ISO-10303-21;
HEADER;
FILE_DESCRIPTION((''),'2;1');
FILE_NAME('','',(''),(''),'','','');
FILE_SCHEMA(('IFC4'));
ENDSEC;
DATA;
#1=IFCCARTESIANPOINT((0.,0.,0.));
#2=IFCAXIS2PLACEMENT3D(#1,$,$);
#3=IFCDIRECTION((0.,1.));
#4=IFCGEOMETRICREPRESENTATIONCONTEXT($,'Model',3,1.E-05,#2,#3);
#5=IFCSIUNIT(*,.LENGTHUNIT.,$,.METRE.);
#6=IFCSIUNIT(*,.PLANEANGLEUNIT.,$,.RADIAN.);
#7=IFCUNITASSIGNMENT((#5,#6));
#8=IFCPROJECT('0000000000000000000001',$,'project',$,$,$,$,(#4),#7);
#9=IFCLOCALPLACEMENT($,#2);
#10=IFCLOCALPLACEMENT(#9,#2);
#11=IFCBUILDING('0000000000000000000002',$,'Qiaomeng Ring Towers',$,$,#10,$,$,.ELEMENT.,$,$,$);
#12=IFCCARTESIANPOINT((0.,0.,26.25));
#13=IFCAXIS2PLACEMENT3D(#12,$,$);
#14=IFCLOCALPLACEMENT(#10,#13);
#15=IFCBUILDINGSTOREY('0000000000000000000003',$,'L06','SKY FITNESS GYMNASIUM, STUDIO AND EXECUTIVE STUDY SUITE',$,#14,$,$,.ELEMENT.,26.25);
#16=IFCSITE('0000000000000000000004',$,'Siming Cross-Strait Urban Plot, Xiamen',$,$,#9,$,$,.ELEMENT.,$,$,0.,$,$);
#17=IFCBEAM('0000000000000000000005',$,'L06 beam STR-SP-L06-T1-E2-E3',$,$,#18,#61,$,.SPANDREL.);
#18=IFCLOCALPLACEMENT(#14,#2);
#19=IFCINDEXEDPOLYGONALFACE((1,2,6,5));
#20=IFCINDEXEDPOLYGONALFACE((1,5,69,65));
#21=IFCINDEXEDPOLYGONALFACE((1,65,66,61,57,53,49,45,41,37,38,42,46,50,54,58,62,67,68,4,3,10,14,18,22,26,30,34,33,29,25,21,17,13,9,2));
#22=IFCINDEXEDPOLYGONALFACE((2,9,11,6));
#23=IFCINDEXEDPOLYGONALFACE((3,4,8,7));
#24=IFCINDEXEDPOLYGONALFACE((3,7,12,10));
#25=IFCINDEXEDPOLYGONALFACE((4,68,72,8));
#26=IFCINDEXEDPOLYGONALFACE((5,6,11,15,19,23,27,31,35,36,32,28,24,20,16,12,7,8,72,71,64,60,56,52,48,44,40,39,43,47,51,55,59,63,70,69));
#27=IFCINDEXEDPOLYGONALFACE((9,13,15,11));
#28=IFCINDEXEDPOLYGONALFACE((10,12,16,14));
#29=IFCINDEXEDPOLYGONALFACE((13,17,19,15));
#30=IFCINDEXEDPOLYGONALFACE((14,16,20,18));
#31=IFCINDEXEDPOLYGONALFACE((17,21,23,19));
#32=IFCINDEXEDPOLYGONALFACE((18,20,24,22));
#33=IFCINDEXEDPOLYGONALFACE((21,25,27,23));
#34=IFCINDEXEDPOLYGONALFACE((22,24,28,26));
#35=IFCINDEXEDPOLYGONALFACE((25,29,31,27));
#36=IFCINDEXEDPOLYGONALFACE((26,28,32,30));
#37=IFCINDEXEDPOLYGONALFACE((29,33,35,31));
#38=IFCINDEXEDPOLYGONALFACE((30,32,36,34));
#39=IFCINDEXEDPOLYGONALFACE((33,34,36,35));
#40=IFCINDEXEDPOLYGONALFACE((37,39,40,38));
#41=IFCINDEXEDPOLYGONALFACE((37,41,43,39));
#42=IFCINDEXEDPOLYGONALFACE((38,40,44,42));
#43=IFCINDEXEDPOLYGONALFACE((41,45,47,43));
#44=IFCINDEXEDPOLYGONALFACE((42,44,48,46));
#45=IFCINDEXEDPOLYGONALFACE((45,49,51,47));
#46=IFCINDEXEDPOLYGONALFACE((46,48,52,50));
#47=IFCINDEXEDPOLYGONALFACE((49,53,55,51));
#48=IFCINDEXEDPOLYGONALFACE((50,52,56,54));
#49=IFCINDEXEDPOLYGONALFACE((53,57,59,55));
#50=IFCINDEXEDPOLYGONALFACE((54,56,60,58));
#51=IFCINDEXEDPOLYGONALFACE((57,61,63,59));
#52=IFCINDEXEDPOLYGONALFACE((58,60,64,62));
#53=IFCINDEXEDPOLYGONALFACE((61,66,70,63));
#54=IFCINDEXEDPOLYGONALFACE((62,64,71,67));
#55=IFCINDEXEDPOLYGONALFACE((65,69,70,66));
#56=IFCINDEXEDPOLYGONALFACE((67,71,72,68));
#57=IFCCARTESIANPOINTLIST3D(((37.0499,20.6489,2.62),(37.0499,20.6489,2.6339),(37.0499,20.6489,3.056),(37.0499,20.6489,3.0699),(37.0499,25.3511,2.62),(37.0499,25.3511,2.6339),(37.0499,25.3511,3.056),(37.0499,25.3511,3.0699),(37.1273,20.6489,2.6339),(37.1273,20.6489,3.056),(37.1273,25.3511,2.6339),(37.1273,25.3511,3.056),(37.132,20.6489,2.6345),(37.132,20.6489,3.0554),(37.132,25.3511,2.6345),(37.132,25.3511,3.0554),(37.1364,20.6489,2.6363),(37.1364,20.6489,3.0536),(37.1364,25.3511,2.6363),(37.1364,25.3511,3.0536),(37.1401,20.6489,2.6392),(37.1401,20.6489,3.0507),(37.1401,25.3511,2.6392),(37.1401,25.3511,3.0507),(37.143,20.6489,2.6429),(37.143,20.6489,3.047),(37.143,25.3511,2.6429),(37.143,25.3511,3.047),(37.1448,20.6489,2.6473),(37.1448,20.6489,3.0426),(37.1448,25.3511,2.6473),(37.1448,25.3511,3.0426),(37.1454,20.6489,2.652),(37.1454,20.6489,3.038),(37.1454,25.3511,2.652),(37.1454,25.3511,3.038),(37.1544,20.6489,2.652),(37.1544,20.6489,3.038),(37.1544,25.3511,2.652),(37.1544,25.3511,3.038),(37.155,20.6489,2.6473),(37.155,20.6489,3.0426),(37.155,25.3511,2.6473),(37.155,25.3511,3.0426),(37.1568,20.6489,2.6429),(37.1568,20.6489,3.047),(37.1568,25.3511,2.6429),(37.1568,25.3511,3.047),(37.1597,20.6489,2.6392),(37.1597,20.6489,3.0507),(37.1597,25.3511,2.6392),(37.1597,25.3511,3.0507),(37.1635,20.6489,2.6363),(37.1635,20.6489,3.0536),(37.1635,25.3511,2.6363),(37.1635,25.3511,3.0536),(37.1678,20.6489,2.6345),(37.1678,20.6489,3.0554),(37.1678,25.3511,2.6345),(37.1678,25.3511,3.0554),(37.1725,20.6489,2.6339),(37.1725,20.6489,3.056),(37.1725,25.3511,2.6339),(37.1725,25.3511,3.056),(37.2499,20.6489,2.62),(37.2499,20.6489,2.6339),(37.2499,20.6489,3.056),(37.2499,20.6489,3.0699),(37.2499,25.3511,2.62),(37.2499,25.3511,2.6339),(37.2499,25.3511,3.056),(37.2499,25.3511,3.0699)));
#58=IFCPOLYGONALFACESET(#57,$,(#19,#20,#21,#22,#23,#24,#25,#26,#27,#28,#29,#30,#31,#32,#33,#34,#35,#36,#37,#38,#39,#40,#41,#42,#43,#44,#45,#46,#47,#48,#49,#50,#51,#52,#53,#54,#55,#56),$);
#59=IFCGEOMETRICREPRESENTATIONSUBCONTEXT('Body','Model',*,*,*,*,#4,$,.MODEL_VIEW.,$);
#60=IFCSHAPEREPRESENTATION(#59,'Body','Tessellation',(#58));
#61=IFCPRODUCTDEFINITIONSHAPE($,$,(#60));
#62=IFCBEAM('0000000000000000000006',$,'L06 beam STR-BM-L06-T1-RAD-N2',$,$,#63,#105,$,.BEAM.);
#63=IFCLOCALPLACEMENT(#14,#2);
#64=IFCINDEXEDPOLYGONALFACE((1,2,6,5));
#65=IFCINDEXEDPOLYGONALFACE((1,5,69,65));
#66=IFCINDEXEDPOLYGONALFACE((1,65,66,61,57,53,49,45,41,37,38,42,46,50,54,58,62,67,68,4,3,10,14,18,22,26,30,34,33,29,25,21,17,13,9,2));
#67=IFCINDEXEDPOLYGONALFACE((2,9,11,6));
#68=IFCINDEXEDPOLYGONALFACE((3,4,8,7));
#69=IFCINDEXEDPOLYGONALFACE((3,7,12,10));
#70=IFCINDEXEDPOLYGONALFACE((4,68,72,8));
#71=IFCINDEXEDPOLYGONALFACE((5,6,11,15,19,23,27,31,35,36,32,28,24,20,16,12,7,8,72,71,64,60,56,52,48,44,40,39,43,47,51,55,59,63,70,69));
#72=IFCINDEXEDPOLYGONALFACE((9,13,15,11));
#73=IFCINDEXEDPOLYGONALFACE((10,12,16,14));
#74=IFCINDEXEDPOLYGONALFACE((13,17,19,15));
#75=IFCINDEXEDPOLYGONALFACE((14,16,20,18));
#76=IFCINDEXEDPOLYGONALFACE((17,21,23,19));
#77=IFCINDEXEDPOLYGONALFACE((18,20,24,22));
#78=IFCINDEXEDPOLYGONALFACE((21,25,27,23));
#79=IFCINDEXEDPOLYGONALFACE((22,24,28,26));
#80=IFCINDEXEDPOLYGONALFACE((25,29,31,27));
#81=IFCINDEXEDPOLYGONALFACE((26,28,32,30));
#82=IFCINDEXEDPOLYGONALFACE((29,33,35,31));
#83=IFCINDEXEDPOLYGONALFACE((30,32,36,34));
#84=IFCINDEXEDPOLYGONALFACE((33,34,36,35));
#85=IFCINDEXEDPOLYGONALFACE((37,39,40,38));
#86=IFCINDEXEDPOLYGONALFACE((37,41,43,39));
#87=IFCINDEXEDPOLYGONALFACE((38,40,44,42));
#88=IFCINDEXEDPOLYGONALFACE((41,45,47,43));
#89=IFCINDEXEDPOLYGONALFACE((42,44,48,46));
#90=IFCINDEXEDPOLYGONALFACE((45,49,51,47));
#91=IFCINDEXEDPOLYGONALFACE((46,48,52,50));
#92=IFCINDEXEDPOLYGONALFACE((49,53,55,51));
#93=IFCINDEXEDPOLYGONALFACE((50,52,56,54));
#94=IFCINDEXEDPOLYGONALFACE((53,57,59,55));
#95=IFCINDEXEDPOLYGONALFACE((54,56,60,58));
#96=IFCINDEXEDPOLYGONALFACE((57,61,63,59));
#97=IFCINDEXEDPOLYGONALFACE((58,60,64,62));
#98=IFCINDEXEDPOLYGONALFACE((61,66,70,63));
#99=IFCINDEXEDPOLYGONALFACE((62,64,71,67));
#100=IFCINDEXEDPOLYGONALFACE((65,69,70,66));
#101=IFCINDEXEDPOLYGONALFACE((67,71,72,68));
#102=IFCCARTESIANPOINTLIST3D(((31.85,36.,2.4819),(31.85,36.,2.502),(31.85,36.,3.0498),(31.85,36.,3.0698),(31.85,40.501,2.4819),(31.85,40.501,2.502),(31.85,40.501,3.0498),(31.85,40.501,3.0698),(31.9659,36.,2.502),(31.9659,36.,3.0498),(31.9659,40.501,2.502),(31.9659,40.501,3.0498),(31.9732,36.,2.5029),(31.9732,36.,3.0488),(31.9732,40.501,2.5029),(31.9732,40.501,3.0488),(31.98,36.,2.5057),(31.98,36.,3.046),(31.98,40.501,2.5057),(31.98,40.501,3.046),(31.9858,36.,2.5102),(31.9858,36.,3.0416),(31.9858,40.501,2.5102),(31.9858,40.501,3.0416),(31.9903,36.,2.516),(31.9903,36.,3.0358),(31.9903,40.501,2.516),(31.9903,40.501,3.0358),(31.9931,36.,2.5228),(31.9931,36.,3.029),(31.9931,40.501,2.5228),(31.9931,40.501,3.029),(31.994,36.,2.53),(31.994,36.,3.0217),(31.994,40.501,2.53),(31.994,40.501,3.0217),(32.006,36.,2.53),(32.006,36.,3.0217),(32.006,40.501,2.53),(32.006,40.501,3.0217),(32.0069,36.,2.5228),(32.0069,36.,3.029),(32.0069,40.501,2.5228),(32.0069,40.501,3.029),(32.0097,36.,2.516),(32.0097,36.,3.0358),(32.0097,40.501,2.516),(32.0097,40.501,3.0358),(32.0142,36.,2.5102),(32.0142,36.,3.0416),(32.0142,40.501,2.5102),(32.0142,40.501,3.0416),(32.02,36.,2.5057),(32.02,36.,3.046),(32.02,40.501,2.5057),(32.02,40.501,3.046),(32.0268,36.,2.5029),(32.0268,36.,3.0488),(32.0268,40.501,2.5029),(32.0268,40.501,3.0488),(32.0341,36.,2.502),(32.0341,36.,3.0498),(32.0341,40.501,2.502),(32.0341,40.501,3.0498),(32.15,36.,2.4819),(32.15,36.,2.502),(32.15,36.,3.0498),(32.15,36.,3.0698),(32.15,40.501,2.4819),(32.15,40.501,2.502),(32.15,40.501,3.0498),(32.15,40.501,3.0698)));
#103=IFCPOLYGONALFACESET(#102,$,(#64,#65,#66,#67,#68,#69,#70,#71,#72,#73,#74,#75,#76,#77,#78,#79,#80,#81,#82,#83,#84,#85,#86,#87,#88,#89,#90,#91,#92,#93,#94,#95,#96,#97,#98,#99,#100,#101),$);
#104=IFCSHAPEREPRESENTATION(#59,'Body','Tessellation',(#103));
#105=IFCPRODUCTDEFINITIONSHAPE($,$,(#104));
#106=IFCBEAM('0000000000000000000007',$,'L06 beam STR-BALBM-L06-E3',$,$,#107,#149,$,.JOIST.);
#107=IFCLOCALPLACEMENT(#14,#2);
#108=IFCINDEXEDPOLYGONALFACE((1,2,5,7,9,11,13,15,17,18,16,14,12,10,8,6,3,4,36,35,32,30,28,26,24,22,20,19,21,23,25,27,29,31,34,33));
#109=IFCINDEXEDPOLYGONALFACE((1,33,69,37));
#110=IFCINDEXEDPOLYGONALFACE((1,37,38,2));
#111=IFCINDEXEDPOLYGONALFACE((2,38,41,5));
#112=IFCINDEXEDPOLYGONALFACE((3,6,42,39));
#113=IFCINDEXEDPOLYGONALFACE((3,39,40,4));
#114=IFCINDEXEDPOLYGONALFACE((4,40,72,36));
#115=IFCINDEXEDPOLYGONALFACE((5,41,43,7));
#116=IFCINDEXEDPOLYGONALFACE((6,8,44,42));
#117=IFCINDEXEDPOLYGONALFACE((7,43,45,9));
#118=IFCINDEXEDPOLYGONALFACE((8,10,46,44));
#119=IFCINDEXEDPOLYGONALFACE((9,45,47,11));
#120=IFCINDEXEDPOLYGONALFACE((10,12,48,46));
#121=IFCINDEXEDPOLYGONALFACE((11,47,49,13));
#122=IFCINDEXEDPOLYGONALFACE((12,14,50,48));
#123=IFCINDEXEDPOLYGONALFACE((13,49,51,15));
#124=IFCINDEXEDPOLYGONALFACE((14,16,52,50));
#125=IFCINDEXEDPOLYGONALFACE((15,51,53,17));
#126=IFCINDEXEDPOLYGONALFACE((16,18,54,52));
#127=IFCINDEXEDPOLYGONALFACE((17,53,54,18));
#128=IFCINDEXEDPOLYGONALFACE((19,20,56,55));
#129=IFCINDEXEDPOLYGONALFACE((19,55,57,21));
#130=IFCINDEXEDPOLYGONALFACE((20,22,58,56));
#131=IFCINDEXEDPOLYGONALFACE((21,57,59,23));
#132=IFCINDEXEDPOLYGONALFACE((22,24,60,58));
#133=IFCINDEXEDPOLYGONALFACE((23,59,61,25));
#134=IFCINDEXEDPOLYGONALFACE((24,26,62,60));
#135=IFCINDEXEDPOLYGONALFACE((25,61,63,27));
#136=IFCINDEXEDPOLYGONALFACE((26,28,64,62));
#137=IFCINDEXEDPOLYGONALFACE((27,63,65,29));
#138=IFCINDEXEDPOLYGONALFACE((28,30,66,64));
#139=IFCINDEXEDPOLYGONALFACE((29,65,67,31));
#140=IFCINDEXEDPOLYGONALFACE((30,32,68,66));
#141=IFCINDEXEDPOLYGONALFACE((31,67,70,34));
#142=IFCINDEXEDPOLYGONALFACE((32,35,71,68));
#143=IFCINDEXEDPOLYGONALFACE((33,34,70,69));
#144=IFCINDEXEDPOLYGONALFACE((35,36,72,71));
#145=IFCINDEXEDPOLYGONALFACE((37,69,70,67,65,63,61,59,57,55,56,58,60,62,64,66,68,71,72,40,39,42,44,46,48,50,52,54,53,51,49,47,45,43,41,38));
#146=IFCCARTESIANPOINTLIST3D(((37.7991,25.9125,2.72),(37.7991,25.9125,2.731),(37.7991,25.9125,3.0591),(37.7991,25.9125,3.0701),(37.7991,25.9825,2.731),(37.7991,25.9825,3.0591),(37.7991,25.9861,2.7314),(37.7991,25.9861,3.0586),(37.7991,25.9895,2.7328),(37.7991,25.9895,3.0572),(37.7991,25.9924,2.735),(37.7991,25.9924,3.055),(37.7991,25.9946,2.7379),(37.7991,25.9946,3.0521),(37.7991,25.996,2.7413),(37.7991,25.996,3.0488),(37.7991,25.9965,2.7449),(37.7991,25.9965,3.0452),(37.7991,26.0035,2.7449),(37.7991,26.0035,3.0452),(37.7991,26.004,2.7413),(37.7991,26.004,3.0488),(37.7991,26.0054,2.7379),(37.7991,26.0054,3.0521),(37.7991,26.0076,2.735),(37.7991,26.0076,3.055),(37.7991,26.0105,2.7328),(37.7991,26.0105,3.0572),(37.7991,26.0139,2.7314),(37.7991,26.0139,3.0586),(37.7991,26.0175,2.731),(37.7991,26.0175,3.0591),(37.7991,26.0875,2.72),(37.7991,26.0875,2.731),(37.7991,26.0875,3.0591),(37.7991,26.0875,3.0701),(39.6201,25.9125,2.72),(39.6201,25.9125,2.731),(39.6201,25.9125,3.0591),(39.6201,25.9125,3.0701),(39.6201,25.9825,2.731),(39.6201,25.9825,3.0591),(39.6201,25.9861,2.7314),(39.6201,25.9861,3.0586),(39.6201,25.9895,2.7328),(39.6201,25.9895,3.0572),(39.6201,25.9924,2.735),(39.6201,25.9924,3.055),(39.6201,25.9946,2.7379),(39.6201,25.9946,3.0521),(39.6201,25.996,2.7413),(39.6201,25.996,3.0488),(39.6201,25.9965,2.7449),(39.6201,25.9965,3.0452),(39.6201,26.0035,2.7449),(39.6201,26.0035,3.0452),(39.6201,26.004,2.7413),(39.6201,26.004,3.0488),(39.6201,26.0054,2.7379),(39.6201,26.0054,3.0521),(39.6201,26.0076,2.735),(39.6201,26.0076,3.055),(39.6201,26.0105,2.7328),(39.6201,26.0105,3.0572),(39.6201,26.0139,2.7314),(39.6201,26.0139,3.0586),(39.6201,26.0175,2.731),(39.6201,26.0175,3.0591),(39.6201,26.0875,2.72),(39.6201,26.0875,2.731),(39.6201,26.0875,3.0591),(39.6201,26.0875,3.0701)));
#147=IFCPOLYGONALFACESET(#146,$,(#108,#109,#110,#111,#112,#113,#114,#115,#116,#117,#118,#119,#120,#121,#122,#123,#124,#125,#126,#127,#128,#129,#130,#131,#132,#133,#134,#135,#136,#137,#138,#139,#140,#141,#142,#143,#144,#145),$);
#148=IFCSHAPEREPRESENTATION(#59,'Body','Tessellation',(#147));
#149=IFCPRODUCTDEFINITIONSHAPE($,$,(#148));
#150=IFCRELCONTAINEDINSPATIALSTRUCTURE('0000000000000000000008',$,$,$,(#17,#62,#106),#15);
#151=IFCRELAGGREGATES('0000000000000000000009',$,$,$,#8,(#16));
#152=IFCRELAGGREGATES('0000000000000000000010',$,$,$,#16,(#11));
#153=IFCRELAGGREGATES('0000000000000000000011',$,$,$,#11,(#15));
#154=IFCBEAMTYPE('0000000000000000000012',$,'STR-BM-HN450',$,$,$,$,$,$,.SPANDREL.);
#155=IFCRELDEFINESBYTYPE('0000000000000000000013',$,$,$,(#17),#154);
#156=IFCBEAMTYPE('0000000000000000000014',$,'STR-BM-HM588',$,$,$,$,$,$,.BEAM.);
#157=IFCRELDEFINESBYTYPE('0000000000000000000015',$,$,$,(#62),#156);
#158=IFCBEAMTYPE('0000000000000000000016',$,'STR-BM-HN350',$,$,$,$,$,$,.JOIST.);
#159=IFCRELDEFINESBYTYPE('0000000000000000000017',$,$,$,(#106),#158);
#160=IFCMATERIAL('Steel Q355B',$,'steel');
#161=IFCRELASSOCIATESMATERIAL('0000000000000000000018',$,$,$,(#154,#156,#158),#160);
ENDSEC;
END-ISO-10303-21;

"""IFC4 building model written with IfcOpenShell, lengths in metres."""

from ifc_helpers import new_model, si_unit, direction, frame, origin, origin_2d, place, context, subcontext, project, spatial, i_section, extrude, source, transform, mapped, material, material_profile, profile_set, type_object, element, save


model = new_model("IFC4")

# Units and contexts
model_context = context("Model", 3, precision=1e-05, world=origin(), true_north=direction((0.0, 1.0)))
body_context = subcontext(model_context, "Body", "Model", "MODEL_VIEW")
ifc_project = project(units=[si_unit("LENGTHUNIT", "METRE"), si_unit("PLANEANGLEUNIT", "RADIAN")], contexts=[model_context])

# Site, building, storey
site_placement = place(None, origin())
site = spatial("IfcSite", under=ifc_project, at=site_placement, Name="Siming Cross-Strait Urban Plot, Xiamen", CompositionType="ELEMENT", RefElevation=0.0)
building_placement = place(site_placement, origin())
building = spatial("IfcBuilding", under=site, at=building_placement, Name="Qiaomeng Ring Towers", CompositionType="ELEMENT")
storey_placement = place(building_placement, frame((0.0, 0.0, 26.25)))
storey = spatial("IfcBuildingStorey", under=building, at=storey_placement, Name="L06", Description="SKY FITNESS GYMNASIUM, STUDIO AND EXECUTIVE STUDY SUITE", CompositionType="ELEMENT", Elevation=26.25)

# Beams
ifc_material_1 = material(Name="Steel Q355B", Category="steel")
ifc_material_profile_1 = material_profile(ifc_material_1, i_section(OverallWidth=0.2, OverallDepth=0.45, WebThickness=0.009, FlangeThickness=0.0139, FilletRadius=0.0181, at=origin_2d()), Name="HN 450x200x9x14")
ifc_profile_set_1 = profile_set([ifc_material_profile_1], Name="Steel Q355B")
beam_type_1 = type_object("IfcBeamType", Name="STR-BM-HN450", PredefinedType="SPANDREL", material=ifc_profile_set_1)
shared_shape_1 = source(origin(), body_context, "Body", "SweptSolid", [
    extrude(i_section(OverallWidth=0.2, OverallDepth=0.45, WebThickness=0.009, FlangeThickness=0.0139, FilletRadius=0.0181, at=origin_2d()), origin(), (0.0, 0.0, 1.0), 4.7021),
])
beam_1_placement = place(storey_placement, frame((37.1499, 20.6489, 2.845), z_axis=(0.0, 1.0, 0.0), x_axis=(-1.0, 0.0, 0.0)))
element("IfcBeam", 1, at=beam_1_placement, inside=storey, type_object=beam_type_1, Name="L06 beam STR-SP-L06-T1-E2-E3", PredefinedType="SPANDREL", context=body_context, shape_type="MappedRepresentation", body=[
    mapped(shared_shape_1, transform((0.0, 0.0, 0.0), x_axis=(1.0, 0.0, 0.0), y_axis=(0.0, 1.0, 0.0), z_axis=(0.0, 0.0, 1.0), scale=1.0)),
])
ifc_material_profile_2 = material_profile(ifc_material_1, i_section(OverallWidth=0.3, OverallDepth=0.5879, WebThickness=0.012, FlangeThickness=0.02, FilletRadius=0.0281, at=origin_2d()), Name="HM 588x300x12x20")
ifc_profile_set_2 = profile_set([ifc_material_profile_2], Name="Steel Q355B")
beam_type_2 = type_object("IfcBeamType", Name="STR-BM-HM588", PredefinedType="BEAM", material=ifc_profile_set_2)
shared_shape_2 = source(origin(), body_context, "Body", "SweptSolid", [
    extrude(i_section(OverallWidth=0.3, OverallDepth=0.5879, WebThickness=0.012, FlangeThickness=0.02, FilletRadius=0.0281, at=origin_2d()), origin(), (0.0, 0.0, 1.0), 4.501),
])
beam_2_placement = place(storey_placement, frame((32.0, 40.501, 2.7759), z_axis=(0.0, -1.0, 0.0), x_axis=(1.0, 0.0, 0.0)))
element("IfcBeam", 2, at=beam_2_placement, inside=storey, type_object=beam_type_2, Name="L06 beam STR-BM-L06-T1-RAD-N2", PredefinedType="BEAM", context=body_context, shape_type="MappedRepresentation", body=[
    mapped(shared_shape_2, transform((0.0, 0.0, 0.0), x_axis=(1.0, 0.0, 0.0), y_axis=(0.0, 1.0, 0.0), z_axis=(0.0, 0.0, 1.0), scale=1.0)),
])
ifc_material_profile_3 = material_profile(ifc_material_1, i_section(OverallWidth=0.175, OverallDepth=0.3501, WebThickness=0.0071, FlangeThickness=0.011, FilletRadius=0.0139, at=origin_2d()), Name="HN 350x175x7x11")
ifc_profile_set_3 = profile_set([ifc_material_profile_3], Name="Steel Q355B")
beam_type_3 = type_object("IfcBeamType", Name="STR-BM-HN350", PredefinedType="JOIST", material=ifc_profile_set_3)
shared_shape_3 = source(origin(), body_context, "Body", "SweptSolid", [
    extrude(i_section(OverallWidth=0.175, OverallDepth=0.3501, WebThickness=0.0071, FlangeThickness=0.011, FilletRadius=0.0139, at=origin_2d()), origin(), (0.0, 0.0, 1.0), 1.821),
])
beam_3_placement = place(storey_placement, frame((37.7991, 26.0, 2.895), z_axis=(1.0, 0.0, 0.0), x_axis=(0.0, 1.0, 0.0)))
element("IfcBeam", 3, at=beam_3_placement, inside=storey, type_object=beam_type_3, Name="L06 beam STR-BALBM-L06-E3", PredefinedType="JOIST", context=body_context, shape_type="MappedRepresentation", body=[
    mapped(shared_shape_3, transform((0.0, 0.0, 0.0), x_axis=(1.0, 0.0, 0.0), y_axis=(0.0, 1.0, 0.0), z_axis=(0.0, 0.0, 1.0), scale=1.0)),
])

save(model, "model.ifc")
